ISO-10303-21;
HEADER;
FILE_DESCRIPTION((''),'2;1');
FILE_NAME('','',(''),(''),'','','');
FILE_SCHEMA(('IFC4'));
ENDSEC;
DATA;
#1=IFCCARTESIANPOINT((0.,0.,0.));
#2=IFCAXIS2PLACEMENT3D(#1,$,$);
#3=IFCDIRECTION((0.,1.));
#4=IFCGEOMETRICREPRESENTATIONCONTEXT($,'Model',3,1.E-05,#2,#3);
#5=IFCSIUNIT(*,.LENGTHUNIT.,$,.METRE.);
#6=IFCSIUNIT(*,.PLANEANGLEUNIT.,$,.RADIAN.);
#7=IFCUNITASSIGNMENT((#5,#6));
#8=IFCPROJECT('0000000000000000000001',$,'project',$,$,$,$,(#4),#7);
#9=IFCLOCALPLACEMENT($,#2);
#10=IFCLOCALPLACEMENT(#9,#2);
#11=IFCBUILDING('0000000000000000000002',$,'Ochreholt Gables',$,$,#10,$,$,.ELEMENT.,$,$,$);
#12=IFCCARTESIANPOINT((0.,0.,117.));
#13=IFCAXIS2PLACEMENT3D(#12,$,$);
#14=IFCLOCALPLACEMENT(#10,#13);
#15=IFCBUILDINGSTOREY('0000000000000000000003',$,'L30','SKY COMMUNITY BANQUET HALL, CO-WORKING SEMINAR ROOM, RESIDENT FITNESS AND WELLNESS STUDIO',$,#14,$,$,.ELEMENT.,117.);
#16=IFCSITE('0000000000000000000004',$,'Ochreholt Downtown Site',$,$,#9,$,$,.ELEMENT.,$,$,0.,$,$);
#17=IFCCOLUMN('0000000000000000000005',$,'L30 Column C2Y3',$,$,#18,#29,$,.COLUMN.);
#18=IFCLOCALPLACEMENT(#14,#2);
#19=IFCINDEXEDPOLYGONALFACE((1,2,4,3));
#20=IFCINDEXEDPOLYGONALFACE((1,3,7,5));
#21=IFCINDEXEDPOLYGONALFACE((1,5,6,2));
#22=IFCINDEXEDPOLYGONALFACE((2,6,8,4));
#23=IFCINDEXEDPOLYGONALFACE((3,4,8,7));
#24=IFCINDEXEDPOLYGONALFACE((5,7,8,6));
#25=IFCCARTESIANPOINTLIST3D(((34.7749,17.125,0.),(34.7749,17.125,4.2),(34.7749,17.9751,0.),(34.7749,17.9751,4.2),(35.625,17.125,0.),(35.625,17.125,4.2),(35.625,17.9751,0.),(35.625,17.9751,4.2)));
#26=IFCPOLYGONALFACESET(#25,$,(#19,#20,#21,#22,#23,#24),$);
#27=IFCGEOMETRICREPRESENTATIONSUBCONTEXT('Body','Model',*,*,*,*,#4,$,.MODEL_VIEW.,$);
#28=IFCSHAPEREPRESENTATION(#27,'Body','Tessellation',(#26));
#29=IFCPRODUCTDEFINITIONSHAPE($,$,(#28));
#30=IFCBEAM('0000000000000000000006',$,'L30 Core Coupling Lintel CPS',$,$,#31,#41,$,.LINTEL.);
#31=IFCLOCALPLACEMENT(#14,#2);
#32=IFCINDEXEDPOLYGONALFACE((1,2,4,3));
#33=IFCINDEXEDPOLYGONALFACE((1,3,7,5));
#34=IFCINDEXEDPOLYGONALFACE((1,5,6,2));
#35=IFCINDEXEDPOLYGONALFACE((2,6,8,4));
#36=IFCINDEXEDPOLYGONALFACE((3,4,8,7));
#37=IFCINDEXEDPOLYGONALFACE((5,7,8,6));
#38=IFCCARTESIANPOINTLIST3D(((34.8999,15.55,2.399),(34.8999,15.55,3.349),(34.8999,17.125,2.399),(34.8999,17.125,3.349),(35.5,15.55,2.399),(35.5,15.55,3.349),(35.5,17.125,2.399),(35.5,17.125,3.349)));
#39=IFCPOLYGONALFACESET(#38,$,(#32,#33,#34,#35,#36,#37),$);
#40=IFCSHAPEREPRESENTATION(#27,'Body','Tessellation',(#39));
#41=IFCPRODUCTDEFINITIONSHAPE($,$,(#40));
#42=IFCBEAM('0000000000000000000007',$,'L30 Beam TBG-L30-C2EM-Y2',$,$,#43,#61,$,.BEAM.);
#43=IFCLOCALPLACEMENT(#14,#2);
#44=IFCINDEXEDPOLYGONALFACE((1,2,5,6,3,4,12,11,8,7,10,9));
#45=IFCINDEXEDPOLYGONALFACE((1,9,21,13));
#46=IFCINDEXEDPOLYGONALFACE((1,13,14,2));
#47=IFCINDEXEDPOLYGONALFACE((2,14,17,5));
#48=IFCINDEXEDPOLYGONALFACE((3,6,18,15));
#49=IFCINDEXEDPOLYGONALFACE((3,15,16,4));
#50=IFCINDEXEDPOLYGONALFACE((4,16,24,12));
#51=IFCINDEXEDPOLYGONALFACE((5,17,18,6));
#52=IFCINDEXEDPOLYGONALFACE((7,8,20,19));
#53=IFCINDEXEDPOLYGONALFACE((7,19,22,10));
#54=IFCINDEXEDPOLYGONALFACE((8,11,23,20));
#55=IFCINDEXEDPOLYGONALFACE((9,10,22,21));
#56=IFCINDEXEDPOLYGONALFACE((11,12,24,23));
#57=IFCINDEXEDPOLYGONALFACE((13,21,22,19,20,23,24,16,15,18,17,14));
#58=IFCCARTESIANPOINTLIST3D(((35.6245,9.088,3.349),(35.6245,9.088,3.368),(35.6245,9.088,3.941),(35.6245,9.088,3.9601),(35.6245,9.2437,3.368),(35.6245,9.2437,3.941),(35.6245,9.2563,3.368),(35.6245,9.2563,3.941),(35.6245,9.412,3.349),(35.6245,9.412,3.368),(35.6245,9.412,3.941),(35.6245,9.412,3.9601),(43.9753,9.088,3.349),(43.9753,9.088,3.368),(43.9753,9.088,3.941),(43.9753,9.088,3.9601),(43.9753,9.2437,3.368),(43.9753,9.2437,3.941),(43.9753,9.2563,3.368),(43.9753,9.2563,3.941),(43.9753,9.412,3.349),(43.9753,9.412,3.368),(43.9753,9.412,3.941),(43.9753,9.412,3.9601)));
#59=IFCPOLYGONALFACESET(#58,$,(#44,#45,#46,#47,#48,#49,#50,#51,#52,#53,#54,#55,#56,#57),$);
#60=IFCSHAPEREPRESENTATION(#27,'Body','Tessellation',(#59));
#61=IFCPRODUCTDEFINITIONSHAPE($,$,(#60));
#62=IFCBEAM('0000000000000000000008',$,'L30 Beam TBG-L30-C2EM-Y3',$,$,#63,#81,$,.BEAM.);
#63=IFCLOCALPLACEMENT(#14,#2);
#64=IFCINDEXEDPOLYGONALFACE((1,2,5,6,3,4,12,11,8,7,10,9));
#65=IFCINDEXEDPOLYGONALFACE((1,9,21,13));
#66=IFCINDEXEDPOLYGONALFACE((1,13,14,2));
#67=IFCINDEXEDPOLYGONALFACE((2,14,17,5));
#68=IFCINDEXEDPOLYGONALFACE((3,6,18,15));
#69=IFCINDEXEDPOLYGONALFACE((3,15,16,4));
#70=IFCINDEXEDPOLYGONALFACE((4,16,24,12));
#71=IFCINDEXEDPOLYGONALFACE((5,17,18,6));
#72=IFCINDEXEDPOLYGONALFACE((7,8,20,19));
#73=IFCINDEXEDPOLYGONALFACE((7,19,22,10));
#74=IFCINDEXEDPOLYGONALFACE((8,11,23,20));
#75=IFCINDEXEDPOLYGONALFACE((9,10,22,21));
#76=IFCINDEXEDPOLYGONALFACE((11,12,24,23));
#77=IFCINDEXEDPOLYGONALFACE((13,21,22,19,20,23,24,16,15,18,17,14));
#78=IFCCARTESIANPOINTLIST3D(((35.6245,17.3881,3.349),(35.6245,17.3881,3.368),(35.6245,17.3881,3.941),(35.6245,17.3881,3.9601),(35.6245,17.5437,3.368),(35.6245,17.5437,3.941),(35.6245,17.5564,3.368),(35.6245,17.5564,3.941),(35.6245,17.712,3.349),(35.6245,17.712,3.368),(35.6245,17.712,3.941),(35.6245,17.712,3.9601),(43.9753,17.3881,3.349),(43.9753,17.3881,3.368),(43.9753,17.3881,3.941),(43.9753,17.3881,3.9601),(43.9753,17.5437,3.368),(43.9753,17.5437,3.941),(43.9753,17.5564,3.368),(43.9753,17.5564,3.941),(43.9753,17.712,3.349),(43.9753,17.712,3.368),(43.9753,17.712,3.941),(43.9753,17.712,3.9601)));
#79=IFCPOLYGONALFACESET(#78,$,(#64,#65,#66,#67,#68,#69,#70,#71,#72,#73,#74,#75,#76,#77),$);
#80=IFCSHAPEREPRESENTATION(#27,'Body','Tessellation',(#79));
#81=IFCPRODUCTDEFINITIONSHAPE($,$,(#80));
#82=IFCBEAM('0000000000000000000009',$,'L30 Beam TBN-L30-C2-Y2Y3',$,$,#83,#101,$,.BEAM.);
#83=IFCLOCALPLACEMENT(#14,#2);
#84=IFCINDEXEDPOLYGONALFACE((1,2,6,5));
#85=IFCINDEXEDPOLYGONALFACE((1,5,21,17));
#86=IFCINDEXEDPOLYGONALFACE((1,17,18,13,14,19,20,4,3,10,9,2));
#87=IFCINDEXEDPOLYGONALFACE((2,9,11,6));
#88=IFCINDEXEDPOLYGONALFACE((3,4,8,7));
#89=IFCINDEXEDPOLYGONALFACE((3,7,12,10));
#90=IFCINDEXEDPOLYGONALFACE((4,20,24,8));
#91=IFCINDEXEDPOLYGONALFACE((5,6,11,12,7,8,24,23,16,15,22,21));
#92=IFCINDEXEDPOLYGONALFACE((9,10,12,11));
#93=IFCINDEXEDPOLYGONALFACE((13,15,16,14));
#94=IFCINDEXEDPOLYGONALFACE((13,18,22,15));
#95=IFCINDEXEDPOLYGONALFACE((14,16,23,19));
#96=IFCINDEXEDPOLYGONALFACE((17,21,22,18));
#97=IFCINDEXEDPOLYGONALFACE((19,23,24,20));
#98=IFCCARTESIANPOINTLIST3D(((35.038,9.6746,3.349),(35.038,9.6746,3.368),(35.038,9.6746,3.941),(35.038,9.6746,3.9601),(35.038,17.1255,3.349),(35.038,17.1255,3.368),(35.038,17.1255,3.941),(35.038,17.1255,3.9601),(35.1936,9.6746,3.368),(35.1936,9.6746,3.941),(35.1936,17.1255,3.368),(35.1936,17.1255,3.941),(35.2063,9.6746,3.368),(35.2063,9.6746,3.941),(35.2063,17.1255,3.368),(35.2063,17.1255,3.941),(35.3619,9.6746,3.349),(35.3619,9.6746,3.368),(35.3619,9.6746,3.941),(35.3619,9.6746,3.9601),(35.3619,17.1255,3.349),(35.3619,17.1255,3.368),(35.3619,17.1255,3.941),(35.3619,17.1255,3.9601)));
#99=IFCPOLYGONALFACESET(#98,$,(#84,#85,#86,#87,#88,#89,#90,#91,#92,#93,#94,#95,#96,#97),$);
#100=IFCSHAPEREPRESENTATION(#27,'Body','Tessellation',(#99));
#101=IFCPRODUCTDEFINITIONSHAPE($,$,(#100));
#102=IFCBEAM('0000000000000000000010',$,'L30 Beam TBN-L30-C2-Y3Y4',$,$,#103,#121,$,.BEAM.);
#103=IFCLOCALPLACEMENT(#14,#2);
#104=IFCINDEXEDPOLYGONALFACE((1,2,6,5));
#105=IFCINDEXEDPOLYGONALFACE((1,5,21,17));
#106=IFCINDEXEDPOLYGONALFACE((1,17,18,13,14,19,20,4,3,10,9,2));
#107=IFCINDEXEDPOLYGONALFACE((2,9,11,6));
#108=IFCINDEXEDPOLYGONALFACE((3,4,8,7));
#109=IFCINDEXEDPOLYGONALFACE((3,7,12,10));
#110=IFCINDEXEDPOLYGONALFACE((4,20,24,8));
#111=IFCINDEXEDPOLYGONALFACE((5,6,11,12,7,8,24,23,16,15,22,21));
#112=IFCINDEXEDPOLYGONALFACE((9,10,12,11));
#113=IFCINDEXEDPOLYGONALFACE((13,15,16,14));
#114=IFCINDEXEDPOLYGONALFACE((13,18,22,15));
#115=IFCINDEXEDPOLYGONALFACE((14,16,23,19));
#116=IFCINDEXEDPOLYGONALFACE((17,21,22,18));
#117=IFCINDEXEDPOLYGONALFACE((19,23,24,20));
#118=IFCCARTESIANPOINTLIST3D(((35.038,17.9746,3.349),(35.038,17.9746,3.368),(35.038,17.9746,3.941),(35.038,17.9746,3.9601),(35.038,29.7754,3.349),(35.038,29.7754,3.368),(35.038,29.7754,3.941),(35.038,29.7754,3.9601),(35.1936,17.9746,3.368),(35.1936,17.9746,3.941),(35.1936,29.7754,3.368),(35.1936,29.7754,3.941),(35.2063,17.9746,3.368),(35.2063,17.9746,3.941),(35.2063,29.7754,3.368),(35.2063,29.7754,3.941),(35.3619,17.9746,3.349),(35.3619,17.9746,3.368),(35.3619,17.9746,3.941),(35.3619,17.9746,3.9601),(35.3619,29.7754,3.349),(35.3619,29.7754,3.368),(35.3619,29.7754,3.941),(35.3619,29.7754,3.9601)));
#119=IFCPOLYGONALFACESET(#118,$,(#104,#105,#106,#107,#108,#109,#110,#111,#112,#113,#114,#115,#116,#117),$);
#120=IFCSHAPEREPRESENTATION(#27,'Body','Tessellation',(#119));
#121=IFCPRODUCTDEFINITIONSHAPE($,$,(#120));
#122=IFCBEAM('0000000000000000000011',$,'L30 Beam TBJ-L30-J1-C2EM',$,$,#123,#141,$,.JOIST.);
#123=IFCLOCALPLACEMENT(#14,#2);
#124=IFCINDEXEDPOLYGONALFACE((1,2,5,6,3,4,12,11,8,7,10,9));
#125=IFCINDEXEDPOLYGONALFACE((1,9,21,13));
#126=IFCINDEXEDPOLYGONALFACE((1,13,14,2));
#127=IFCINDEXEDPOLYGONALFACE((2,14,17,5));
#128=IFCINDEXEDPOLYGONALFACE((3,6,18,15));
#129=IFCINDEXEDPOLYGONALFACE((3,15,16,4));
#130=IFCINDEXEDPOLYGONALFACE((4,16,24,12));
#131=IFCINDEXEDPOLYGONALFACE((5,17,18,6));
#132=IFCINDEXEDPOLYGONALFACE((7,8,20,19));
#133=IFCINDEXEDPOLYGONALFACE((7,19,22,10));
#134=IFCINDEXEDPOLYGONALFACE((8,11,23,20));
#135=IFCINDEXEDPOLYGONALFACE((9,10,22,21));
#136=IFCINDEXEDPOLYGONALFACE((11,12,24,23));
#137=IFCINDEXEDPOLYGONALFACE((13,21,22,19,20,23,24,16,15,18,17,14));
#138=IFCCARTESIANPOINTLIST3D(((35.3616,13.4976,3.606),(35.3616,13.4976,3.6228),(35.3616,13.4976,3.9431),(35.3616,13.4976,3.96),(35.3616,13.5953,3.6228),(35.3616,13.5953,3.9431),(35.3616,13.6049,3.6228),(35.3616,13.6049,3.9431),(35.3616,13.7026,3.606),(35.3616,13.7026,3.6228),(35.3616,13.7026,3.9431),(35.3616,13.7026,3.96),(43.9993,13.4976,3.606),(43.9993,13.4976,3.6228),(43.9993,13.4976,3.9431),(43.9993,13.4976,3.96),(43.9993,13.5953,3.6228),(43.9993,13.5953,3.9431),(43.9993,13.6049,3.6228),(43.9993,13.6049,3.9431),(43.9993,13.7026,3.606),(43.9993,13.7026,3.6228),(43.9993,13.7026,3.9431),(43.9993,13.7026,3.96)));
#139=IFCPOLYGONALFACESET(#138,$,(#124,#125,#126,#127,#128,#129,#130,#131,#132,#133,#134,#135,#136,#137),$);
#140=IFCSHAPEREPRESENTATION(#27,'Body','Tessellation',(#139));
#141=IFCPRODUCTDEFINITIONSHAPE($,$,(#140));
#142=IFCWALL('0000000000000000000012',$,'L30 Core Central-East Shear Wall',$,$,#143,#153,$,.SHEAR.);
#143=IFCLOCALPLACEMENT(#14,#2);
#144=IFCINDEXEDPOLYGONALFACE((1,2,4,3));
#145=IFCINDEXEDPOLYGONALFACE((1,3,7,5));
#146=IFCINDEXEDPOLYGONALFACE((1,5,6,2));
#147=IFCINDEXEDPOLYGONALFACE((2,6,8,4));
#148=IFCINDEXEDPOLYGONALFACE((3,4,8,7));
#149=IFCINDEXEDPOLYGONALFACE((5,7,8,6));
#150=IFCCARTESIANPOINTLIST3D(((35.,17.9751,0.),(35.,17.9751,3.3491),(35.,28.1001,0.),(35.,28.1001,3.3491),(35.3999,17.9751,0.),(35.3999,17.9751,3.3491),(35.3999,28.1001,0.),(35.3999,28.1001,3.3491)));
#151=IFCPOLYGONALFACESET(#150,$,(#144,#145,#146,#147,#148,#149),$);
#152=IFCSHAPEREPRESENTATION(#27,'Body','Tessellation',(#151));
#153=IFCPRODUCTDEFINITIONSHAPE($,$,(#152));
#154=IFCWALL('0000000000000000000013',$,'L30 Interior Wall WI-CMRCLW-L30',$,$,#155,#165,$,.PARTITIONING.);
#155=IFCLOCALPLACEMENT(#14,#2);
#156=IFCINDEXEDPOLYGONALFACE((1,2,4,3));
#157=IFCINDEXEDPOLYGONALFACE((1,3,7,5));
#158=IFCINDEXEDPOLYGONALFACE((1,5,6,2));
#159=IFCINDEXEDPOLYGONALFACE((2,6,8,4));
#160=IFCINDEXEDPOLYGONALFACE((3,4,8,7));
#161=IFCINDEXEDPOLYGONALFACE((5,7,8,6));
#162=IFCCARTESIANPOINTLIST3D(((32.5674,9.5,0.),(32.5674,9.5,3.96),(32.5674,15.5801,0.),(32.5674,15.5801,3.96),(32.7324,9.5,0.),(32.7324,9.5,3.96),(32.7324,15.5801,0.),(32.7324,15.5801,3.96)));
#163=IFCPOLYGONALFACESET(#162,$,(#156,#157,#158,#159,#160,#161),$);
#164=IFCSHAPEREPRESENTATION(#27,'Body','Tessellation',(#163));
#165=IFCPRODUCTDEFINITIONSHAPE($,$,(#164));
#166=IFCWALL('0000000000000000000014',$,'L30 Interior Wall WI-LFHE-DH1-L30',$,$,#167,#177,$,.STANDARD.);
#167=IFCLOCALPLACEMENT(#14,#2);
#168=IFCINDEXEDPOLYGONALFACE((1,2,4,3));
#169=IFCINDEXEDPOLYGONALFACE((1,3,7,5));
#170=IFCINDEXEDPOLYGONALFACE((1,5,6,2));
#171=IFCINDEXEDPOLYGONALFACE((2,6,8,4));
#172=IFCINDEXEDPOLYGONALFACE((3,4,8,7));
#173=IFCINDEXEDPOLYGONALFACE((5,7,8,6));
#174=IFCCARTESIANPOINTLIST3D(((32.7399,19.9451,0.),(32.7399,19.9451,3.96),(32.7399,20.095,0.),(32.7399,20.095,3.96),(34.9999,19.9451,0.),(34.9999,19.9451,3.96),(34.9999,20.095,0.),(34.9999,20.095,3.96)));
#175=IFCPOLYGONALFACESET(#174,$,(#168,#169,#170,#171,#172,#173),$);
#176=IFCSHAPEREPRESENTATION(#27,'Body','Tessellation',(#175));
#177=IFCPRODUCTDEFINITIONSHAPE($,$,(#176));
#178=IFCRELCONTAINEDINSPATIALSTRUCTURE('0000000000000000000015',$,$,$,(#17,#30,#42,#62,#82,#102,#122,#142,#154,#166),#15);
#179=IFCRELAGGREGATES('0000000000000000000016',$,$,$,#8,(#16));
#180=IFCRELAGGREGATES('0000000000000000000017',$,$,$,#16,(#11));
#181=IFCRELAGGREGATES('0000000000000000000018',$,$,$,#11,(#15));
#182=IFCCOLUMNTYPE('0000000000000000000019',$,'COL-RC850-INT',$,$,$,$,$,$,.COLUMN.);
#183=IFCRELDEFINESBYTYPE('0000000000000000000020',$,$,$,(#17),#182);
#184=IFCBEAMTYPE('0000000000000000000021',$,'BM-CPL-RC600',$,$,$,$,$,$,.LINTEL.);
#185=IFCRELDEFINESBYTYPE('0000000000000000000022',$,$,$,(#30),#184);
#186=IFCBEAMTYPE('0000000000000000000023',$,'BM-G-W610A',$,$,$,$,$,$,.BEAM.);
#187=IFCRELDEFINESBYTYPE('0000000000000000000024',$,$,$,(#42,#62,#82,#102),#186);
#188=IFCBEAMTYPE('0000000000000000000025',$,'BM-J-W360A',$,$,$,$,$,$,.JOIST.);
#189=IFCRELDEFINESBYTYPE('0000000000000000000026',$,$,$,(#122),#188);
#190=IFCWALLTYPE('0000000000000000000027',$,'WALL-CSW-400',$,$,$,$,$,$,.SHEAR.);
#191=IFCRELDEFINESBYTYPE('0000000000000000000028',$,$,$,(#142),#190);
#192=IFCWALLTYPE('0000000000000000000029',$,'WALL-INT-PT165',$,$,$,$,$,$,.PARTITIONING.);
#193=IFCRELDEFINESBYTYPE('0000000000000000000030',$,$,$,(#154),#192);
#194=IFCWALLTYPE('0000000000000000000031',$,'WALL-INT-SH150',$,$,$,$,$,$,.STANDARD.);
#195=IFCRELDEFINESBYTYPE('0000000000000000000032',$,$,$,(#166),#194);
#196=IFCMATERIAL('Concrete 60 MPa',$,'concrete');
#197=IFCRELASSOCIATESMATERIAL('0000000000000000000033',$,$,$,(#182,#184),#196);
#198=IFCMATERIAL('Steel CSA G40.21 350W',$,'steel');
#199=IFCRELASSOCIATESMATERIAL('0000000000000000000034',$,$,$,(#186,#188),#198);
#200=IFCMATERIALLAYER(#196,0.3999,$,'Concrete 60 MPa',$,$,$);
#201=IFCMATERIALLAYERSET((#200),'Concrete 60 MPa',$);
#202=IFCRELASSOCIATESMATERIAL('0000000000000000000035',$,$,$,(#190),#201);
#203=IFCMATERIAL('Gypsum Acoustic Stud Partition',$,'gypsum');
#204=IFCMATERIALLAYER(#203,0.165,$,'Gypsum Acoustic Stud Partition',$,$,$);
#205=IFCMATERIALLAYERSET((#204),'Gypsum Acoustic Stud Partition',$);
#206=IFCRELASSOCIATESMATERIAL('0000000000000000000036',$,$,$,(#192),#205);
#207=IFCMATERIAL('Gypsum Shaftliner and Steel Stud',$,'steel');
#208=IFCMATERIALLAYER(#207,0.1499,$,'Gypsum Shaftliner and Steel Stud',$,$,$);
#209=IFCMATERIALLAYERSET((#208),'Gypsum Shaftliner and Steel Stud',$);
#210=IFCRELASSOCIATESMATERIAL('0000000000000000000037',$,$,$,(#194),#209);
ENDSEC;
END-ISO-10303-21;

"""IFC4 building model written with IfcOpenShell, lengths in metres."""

from ifc_helpers import new_model, si_unit, direction, frame, frame_2d, origin, origin_2d, place, context, subcontext, project, spatial, rectangle, i_section, extrude, material, layer, layer_set, material_profile, profile_set, type_object, element, save


model = new_model("IFC4")

# Units and contexts
model_context = context("Model", 3, precision=1e-05, world=origin(), true_north=direction((0.0, 1.0)))
body_context = subcontext(model_context, "Body", "Model", "MODEL_VIEW")
ifc_project = project(units=[si_unit("LENGTHUNIT", "METRE"), si_unit("PLANEANGLEUNIT", "RADIAN")], contexts=[model_context])

# Site, building, storey
site_placement = place(None, origin())
site = spatial("IfcSite", under=ifc_project, at=site_placement, Name="Ochreholt Downtown Site", CompositionType="ELEMENT", RefElevation=0.0)
building_placement = place(site_placement, origin())
building = spatial("IfcBuilding", under=site, at=building_placement, Name="Ochreholt Gables", CompositionType="ELEMENT")
storey_placement = place(building_placement, frame((0.0, 0.0, 117.0)))
storey = spatial("IfcBuildingStorey", under=building, at=storey_placement, Name="L30", Description="SKY COMMUNITY BANQUET HALL, CO-WORKING SEMINAR ROOM, RESIDENT FITNESS AND WELLNESS STUDIO", CompositionType="ELEMENT", Elevation=117.0)

# Column
ifc_material_1 = material(Name="Concrete 60 MPa", Category="concrete")
ifc_material_profile_1 = material_profile(ifc_material_1, rectangle(XDim=0.8501, YDim=0.8501, at=origin_2d()), Name="RC850X850")
ifc_profile_set_1 = profile_set([ifc_material_profile_1], Name="Concrete 60 MPa")
column_type = type_object("IfcColumnType", Name="COL-RC850-INT", PredefinedType="COLUMN", material=ifc_profile_set_1)
column_placement = place(storey_placement, frame((35.2, 17.55, 0.0), z_axis=(0.0, 0.0, 1.0), x_axis=(1.0, 0.0, 0.0)))
element("IfcColumn", 1, at=column_placement, inside=storey, type_object=column_type, Name="L30 Column C2Y3", PredefinedType="COLUMN", context=body_context, shape_type="SweptSolid", body=[
    extrude(rectangle(XDim=0.8501, YDim=0.8501, at=origin_2d()), origin(), (0.0, 0.0, 1.0), 4.2),
])

# Beams
ifc_material_profile_2 = material_profile(ifc_material_1, rectangle(XDim=0.6001, YDim=0.95, at=origin_2d()), Name="RCB600X950")
ifc_profile_set_2 = profile_set([ifc_material_profile_2], Name="Concrete 60 MPa")
beam_type_1 = type_object("IfcBeamType", Name="BM-CPL-RC600", PredefinedType="LINTEL", material=ifc_profile_set_2)
beam_1_placement = place(storey_placement, frame((35.2, 15.55, 2.874), z_axis=(0.0, 1.0, 0.0), x_axis=(-1.0, 0.0, 0.0)))
element("IfcBeam", 2, at=beam_1_placement, inside=storey, type_object=beam_type_1, Name="L30 Core Coupling Lintel CPS", PredefinedType="LINTEL", context=body_context, shape_type="SweptSolid", body=[
    extrude(rectangle(XDim=0.6001, YDim=0.95, at=origin_2d()), origin(), (0.0, 0.0, 1.0), 1.575),
])
ifc_material_2 = material(Name="Steel CSA G40.21 350W", Category="steel")
ifc_material_profile_3 = material_profile(ifc_material_2, i_section(OverallWidth=0.324, OverallDepth=0.6111, WebThickness=0.0127, FlangeThickness=0.019, at=origin_2d()), Name="W610X155")
ifc_profile_set_3 = profile_set([ifc_material_profile_3], Name="Steel CSA G40.21 350W")
beam_type_2 = type_object("IfcBeamType", Name="BM-G-W610A", PredefinedType="BEAM", material=ifc_profile_set_3)
for number, where, z_axis, x_axis, name in (
    (3, (35.6245, 9.25, 3.6545), (1.0, 0.0, 0.0), (0.0, 1.0, 0.0), "L30 Beam TBG-L30-C2EM-Y2"),
    (4, (35.6245, 17.55, 3.6545), (1.0, 0.0, 0.0), (0.0, 1.0, 0.0), "L30 Beam TBG-L30-C2EM-Y3"),
):
    element("IfcBeam", number, at=place(storey_placement, frame(where, z_axis=z_axis, x_axis=x_axis)), inside=storey, type_object=beam_type_2, Name=name, PredefinedType="BEAM", context=body_context, shape_type="SweptSolid", body=[
        extrude(i_section(OverallWidth=0.324, OverallDepth=0.6111, WebThickness=0.0127, FlangeThickness=0.019, at=origin_2d()), origin(), (0.0, 0.0, 1.0), 8.3508),
    ])
beam_2_placement = place(storey_placement, frame((35.2, 9.6746, 3.6545), z_axis=(0.0, 1.0, 0.0), x_axis=(-1.0, 0.0, 0.0)))
element("IfcBeam", 5, at=beam_2_placement, inside=storey, type_object=beam_type_2, Name="L30 Beam TBN-L30-C2-Y2Y3", PredefinedType="BEAM", context=body_context, shape_type="SweptSolid", body=[
    extrude(i_section(OverallWidth=0.324, OverallDepth=0.6111, WebThickness=0.0127, FlangeThickness=0.019, at=origin_2d()), origin(), (0.0, 0.0, 1.0), 7.4509),
])
beam_3_placement = place(storey_placement, frame((35.2, 17.9746, 3.6545), z_axis=(0.0, 1.0, 0.0), x_axis=(-1.0, 0.0, 0.0)))
element("IfcBeam", 6, at=beam_3_placement, inside=storey, type_object=beam_type_2, Name="L30 Beam TBN-L30-C2-Y3Y4", PredefinedType="BEAM", context=body_context, shape_type="SweptSolid", body=[
    extrude(i_section(OverallWidth=0.324, OverallDepth=0.6111, WebThickness=0.0127, FlangeThickness=0.019, at=origin_2d()), origin(), (0.0, 0.0, 1.0), 11.8008),
])
ifc_material_profile_4 = material_profile(ifc_material_2, i_section(OverallWidth=0.2051, OverallDepth=0.354, WebThickness=0.0095, FlangeThickness=0.0168, at=origin_2d()), Name="W360X79")
ifc_profile_set_4 = profile_set([ifc_material_profile_4], Name="Steel CSA G40.21 350W")
beam_type_3 = type_object("IfcBeamType", Name="BM-J-W360A", PredefinedType="JOIST", material=ifc_profile_set_4)
beam_4_placement = place(storey_placement, frame((35.3616, 13.6001, 3.783), z_axis=(1.0, 0.0, 0.0), x_axis=(0.0, 1.0, 0.0)))
element("IfcBeam", 7, at=beam_4_placement, inside=storey, type_object=beam_type_3, Name="L30 Beam TBJ-L30-J1-C2EM", PredefinedType="JOIST", context=body_context, shape_type="SweptSolid", body=[
    extrude(i_section(OverallWidth=0.2051, OverallDepth=0.354, WebThickness=0.0095, FlangeThickness=0.0168, at=origin_2d()), origin(), (0.0, 0.0, 1.0), 8.6377),
])

# Wall
ifc_layer_1 = layer(ifc_material_1, 0.3999, Name="Concrete 60 MPa")
ifc_layer_set_1 = layer_set([ifc_layer_1], Name="Concrete 60 MPa")
wall_type_1 = type_object("IfcWallType", Name="WALL-CSW-400", PredefinedType="SHEAR", material=ifc_layer_set_1)
wall_1_placement = place(storey_placement, frame((35.2, 17.9751, 0.0), z_axis=(0.0, 0.0, 1.0), x_axis=(0.0, 1.0, 0.0)))
element("IfcWall", 8, at=wall_1_placement, inside=storey, type_object=wall_type_1, Name="L30 Core Central-East Shear Wall", PredefinedType="SHEAR", context=body_context, shape_type="SweptSolid", body=[
    extrude(rectangle(XDim=10.125, YDim=0.3999, at=frame_2d((5.0625, 0.0))), origin(), (0.0, 0.0, 1.0), 3.3491),
])

# Wall
ifc_material_3 = material(Name="Gypsum Acoustic Stud Partition", Category="gypsum")
ifc_layer_2 = layer(ifc_material_3, 0.165, Name="Gypsum Acoustic Stud Partition")
ifc_layer_set_2 = layer_set([ifc_layer_2], Name="Gypsum Acoustic Stud Partition")
wall_type_2 = type_object("IfcWallType", Name="WALL-INT-PT165", PredefinedType="PARTITIONING", material=ifc_layer_set_2)
wall_2_placement = place(storey_placement, frame((32.6499, 9.5, 0.0), z_axis=(0.0, 0.0, 1.0), x_axis=(0.0, 1.0, 0.0)))
element("IfcWall", 9, at=wall_2_placement, inside=storey, type_object=wall_type_2, Name="L30 Interior Wall WI-CMRCLW-L30", PredefinedType="PARTITIONING", context=body_context, shape_type="SweptSolid", body=[
    extrude(rectangle(XDim=6.0801, YDim=0.165, at=frame_2d((3.04, 0.0))), origin(), (0.0, 0.0, 1.0), 3.96),
])

# Wall
ifc_material_4 = material(Name="Gypsum Shaftliner and Steel Stud", Category="steel")
ifc_layer_3 = layer(ifc_material_4, 0.1499, Name="Gypsum Shaftliner and Steel Stud")
ifc_layer_set_3 = layer_set([ifc_layer_3], Name="Gypsum Shaftliner and Steel Stud")
wall_type_3 = type_object("IfcWallType", Name="WALL-INT-SH150", PredefinedType="STANDARD", material=ifc_layer_set_3)
wall_3_placement = place(storey_placement, frame((32.74, 20.02, 0.0), z_axis=(0.0, 0.0, 1.0), x_axis=(1.0, 0.0, 0.0)))
element("IfcWall", 10, at=wall_3_placement, inside=storey, type_object=wall_type_3, Name="L30 Interior Wall WI-LFHE-DH1-L30", PredefinedType="STANDARD", context=body_context, shape_type="SweptSolid", body=[
    extrude(rectangle(XDim=2.26, YDim=0.1499, at=frame_2d((1.1299, 0.0))), origin(), (0.0, 0.0, 1.0), 3.96),
])

save(model, "model.ifc")
